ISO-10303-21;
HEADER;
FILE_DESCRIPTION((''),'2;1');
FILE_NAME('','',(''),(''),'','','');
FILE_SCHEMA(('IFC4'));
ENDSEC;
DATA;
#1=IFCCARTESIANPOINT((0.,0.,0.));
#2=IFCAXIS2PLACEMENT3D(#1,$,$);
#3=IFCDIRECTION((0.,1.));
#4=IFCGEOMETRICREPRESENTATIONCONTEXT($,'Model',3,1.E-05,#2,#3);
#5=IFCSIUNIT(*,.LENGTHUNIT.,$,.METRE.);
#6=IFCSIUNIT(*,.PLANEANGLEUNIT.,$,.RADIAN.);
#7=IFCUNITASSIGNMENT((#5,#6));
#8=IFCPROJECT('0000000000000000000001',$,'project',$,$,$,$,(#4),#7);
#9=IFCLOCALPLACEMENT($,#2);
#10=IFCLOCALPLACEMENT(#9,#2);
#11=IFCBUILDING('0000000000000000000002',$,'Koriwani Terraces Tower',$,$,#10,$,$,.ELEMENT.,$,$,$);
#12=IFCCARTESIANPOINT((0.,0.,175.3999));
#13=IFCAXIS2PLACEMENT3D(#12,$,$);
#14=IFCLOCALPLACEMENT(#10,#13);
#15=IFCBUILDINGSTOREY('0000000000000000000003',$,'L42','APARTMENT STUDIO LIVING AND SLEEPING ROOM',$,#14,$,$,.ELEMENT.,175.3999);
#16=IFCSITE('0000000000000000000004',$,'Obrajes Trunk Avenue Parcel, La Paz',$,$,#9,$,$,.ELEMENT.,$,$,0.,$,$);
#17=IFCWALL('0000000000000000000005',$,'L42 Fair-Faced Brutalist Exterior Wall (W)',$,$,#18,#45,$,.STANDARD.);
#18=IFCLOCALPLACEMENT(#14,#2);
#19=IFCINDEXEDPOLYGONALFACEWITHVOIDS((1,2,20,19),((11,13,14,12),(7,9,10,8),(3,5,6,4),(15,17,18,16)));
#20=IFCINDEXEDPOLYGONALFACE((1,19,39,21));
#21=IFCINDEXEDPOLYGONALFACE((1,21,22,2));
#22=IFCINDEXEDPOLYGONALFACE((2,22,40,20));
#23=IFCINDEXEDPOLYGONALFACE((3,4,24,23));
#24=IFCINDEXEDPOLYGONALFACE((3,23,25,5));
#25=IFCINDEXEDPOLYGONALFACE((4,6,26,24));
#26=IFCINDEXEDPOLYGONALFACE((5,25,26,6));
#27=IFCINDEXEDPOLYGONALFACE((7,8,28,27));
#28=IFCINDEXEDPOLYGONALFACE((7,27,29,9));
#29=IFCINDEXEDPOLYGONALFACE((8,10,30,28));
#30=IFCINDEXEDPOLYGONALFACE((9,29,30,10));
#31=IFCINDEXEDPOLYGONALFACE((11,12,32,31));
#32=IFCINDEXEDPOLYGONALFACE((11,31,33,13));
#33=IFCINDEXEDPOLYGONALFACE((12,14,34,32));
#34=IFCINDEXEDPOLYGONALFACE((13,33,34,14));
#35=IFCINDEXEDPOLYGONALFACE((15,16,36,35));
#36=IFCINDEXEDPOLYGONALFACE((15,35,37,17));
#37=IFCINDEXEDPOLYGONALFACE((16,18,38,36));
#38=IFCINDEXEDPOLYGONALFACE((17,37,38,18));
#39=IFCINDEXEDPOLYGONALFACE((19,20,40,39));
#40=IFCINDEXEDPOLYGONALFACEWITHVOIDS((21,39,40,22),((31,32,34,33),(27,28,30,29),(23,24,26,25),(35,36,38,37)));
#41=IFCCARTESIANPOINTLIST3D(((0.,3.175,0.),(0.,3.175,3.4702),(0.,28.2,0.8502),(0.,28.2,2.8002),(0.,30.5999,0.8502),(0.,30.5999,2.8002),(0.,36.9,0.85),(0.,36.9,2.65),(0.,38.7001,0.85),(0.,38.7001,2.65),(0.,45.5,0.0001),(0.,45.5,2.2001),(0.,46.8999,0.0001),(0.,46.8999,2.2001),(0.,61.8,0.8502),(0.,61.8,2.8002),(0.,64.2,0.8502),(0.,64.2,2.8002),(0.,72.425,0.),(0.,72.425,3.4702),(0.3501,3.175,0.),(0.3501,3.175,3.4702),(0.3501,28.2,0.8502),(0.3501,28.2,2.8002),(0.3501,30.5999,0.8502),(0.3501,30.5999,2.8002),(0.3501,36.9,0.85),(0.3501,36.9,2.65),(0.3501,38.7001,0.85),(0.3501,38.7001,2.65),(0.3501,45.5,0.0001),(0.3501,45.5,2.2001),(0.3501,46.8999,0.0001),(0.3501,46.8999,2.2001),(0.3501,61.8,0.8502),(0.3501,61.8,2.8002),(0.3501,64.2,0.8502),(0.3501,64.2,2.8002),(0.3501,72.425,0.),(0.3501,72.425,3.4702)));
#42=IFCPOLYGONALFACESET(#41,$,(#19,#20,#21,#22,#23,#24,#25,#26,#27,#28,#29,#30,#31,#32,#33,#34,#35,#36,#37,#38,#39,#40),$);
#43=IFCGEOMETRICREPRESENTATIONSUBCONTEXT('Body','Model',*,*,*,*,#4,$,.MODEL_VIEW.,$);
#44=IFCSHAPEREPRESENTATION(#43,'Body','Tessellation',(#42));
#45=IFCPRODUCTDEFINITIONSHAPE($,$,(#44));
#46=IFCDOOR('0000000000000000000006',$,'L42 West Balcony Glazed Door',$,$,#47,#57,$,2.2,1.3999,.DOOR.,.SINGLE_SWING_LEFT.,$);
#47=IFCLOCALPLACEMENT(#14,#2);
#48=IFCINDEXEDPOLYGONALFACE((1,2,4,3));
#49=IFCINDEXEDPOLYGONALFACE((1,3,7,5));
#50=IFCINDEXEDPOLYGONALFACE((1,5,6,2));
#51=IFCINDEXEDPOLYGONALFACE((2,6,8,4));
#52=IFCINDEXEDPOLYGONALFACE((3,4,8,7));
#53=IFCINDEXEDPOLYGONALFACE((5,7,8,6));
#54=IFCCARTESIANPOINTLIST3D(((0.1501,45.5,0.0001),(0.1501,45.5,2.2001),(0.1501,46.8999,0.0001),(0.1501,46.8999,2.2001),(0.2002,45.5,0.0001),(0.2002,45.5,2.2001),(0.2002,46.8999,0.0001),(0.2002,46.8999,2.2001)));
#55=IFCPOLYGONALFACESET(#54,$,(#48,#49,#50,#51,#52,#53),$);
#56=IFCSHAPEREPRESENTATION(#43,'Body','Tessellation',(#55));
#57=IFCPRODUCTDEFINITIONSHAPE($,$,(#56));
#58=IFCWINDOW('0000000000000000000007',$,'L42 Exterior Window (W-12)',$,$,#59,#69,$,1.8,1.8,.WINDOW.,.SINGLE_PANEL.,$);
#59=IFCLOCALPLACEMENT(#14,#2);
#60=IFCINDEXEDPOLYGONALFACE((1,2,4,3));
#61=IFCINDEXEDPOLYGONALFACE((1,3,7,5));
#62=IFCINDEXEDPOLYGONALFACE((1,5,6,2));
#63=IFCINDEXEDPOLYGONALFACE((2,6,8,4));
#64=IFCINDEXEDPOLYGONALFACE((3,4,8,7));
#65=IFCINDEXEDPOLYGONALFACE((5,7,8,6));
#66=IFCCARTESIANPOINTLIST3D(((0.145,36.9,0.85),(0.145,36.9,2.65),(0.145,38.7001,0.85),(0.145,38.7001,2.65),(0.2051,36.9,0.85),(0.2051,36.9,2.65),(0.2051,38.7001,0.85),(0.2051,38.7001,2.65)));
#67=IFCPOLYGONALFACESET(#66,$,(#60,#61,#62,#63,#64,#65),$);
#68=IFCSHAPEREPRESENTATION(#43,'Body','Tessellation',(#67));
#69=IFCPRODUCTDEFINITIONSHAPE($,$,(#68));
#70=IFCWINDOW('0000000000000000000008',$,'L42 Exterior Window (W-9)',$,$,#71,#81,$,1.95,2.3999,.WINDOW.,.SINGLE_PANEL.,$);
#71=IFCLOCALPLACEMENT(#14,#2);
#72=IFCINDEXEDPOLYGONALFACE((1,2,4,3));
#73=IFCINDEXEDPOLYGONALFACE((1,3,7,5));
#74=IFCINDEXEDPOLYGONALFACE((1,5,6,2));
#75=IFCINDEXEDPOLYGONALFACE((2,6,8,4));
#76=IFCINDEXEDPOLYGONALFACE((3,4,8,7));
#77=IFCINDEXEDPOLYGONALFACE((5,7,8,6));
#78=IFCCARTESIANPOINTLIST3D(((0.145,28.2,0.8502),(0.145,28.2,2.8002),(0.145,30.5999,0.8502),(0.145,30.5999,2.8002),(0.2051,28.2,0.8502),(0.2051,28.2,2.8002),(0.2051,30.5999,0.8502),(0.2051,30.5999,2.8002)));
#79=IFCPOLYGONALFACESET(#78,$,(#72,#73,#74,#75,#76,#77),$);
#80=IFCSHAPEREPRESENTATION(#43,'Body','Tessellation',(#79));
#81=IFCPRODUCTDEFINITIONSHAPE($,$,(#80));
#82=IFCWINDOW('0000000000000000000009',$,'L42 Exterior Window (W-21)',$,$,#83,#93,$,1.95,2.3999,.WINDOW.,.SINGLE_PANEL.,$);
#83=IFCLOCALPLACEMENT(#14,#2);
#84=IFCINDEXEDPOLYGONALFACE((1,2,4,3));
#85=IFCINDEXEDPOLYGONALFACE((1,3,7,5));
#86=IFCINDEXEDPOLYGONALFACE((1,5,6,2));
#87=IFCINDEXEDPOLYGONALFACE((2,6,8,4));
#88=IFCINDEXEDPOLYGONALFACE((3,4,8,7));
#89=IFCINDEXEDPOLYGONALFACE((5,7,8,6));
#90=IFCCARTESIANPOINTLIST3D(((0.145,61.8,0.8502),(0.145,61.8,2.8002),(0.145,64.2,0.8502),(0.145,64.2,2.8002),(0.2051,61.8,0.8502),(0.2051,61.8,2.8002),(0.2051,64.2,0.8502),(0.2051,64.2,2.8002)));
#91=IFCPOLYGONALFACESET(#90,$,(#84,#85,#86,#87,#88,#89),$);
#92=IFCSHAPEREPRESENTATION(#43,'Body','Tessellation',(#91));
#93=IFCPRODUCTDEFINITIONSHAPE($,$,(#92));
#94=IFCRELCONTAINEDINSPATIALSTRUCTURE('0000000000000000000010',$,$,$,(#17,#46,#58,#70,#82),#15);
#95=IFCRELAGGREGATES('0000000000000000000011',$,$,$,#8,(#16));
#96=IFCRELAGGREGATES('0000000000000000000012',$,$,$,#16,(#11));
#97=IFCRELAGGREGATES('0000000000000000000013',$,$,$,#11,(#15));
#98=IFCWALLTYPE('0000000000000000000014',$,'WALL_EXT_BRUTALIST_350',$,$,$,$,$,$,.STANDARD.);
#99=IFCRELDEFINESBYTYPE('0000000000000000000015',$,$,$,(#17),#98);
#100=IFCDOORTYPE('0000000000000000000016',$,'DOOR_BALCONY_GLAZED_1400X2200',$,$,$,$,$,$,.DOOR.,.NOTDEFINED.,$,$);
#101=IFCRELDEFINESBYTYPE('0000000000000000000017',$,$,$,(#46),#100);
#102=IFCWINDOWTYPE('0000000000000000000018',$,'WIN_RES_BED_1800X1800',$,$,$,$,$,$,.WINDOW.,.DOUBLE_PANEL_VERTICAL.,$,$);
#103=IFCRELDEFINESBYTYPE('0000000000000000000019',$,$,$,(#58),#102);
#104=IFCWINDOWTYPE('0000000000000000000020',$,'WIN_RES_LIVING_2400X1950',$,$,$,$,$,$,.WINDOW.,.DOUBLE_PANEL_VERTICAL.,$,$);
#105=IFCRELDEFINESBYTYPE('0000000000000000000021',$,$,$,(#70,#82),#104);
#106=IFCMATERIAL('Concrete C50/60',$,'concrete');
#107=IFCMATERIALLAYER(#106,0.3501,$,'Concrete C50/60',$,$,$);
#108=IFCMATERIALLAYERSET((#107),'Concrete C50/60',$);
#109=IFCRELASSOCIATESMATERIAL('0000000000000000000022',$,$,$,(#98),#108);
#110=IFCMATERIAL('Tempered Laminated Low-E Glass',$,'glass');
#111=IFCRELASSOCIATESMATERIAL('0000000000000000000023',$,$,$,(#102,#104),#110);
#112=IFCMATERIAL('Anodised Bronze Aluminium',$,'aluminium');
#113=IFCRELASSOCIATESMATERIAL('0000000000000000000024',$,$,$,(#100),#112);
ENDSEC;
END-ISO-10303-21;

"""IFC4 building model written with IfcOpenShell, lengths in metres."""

from ifc_helpers import new_model, si_unit, direction, frame, frame_2d, origin, place, context, subcontext, project, spatial, rectangle, extrude, material, layer, layer_set, type_object, element, fill, save


model = new_model("IFC4")

# Units and contexts
model_context = context("Model", 3, precision=1e-05, world=origin(), true_north=direction((0.0, 1.0)))
body_context = subcontext(model_context, "Body", "Model", "MODEL_VIEW")
ifc_project = project(units=[si_unit("LENGTHUNIT", "METRE"), si_unit("PLANEANGLEUNIT", "RADIAN")], contexts=[model_context])

# Site, building, storey
site_placement = place(None, origin())
site = spatial("IfcSite", under=ifc_project, at=site_placement, Name="Obrajes Trunk Avenue Parcel, La Paz", CompositionType="ELEMENT", RefElevation=0.0)
building_placement = place(site_placement, origin())
building = spatial("IfcBuilding", under=site, at=building_placement, Name="Koriwani Terraces Tower", CompositionType="ELEMENT")
storey_placement = place(building_placement, frame((0.0, 0.0, 175.3999)))
storey = spatial("IfcBuildingStorey", under=building, at=storey_placement, Name="L42", Description="APARTMENT STUDIO LIVING AND SLEEPING ROOM", CompositionType="ELEMENT", Elevation=175.3999)

# Shared definitions
ifc_material_1 = material(Name="Concrete C50/60", Category="concrete")

# Shared definitions
ifc_layer_1 = layer(ifc_material_1, 0.3501, Name="Concrete C50/60")
ifc_layer_set_1 = layer_set([ifc_layer_1], Name="Concrete C50/60")
wall_type_1 = type_object("IfcWallType", Name="WALL_EXT_BRUTALIST_350", PredefinedType="STANDARD", material=ifc_layer_set_1)
ifc_material_2 = material(Name="Tempered Laminated Low-E Glass", Category="glass")
window_type_1 = type_object("IfcWindowType", Name="WIN_RES_BED_1800X1800", PartitioningType="DOUBLE_PANEL_VERTICAL", PredefinedType="WINDOW", material=ifc_material_2)

# Wall, openings, door, windows
wall_1_placement = place(storey_placement, frame((0.175, 3.175, 0.0), z_axis=(0.0, 0.0, 1.0), x_axis=(0.0, 1.0, 0.0)))
wall_1 = element("IfcWall", 1, at=wall_1_placement, inside=storey, type_object=wall_type_1, Name="L42 Fair-Faced Brutalist Exterior Wall (W)", PredefinedType="STANDARD", context=body_context, shape_type="SweptSolid", body=[
    extrude(rectangle(XDim=69.25, YDim=0.3501, at=frame_2d((34.625, 0.0))), origin(), (0.0, 0.0, 1.0), 3.4702),
])
opening_1_placement = place(wall_1_placement, frame((42.325, 0.0, 0.0)))
opening_1 = element("IfcOpeningElement", 2, at=opening_1_placement, cuts=wall_1, PredefinedType="OPENING", context=body_context, shape_type="SweptSolid", body=[
    extrude(rectangle(XDim=1.3999, YDim=2.2, at=frame_2d((0.7, 1.1001))), frame((0.0, 0.1851, 0.0), z_axis=(0.0, -1.0, 0.0), x_axis=(1.0, 0.0, 0.0)), (0.0, 0.0, 1.0), 0.3701),
])
opening_2_placement = place(wall_1_placement, frame((25.0249, 0.0, 0.8501)))
opening_2 = element("IfcOpeningElement", 3, at=opening_2_placement, cuts=wall_1, PredefinedType="OPENING", context=body_context, shape_type="SweptSolid", body=[
    extrude(rectangle(XDim=2.3999, YDim=1.95, at=frame_2d((1.2, 0.9751))), frame((0.0, 0.1851, 0.0), z_axis=(0.0, -1.0, 0.0), x_axis=(1.0, 0.0, 0.0)), (0.0, 0.0, 1.0), 0.3701),
])
opening_3_placement = place(wall_1_placement, frame((33.7251, 0.0, 0.8501)))
opening_3 = element("IfcOpeningElement", 4, at=opening_3_placement, cuts=wall_1, PredefinedType="OPENING", context=body_context, shape_type="SweptSolid", body=[
    extrude(rectangle(XDim=1.8, YDim=1.8, at=frame_2d((0.8999, 0.8999))), frame((0.0, 0.1851, 0.0), z_axis=(0.0, -1.0, 0.0), x_axis=(1.0, 0.0, 0.0)), (0.0, 0.0, 1.0), 0.3701),
])
opening_4_placement = place(wall_1_placement, frame((58.625, 0.0, 0.8501)))
opening_4 = element("IfcOpeningElement", 5, at=opening_4_placement, cuts=wall_1, PredefinedType="OPENING", context=body_context, shape_type="SweptSolid", body=[
    extrude(rectangle(XDim=2.3999, YDim=1.95, at=frame_2d((1.2, 0.9751))), frame((0.0, 0.1851, 0.0), z_axis=(0.0, -1.0, 0.0), x_axis=(1.0, 0.0, 0.0)), (0.0, 0.0, 1.0), 0.3701),
])
ifc_material_3 = material(Name="Anodised Bronze Aluminium", Category="aluminium")
door_type = type_object("IfcDoorType", Name="DOOR_BALCONY_GLAZED_1400X2200", OperationType="NOTDEFINED", PredefinedType="DOOR", material=ifc_material_3)
door_placement = place(opening_1_placement, origin())
door = element("IfcDoor", 6, at=door_placement, inside=storey, type_object=door_type, Name="L42 West Balcony Glazed Door", OperationType="SINGLE_SWING_LEFT", OverallHeight=2.2, OverallWidth=1.3999, PredefinedType="DOOR", context=body_context, shape_type="SweptSolid", body=[
    extrude(rectangle(XDim=1.3999, YDim=2.2, at=frame_2d((0.7, 1.1001))), frame((0.0, 0.0249, 0.0), z_axis=(0.0, -1.0, 0.0), x_axis=(1.0, 0.0, 0.0)), (0.0, 0.0, 1.0), 0.05),
])
fill(opening_1, door)
window_1_placement = place(opening_3_placement, origin())
window_1 = element("IfcWindow", 7, at=window_1_placement, inside=storey, type_object=window_type_1, Name="L42 Exterior Window (W-12)", OverallHeight=1.8, OverallWidth=1.8, PartitioningType="SINGLE_PANEL", PredefinedType="WINDOW", context=body_context, shape_type="SweptSolid", body=[
    extrude(rectangle(XDim=1.8, YDim=1.8, at=frame_2d((0.8999, 0.8999))), frame((0.0, 0.03, 0.0), z_axis=(0.0, -1.0, 0.0), x_axis=(1.0, 0.0, 0.0)), (0.0, 0.0, 1.0), 0.0601),
])
fill(opening_3, window_1)
window_type_2 = type_object("IfcWindowType", Name="WIN_RES_LIVING_2400X1950", PartitioningType="DOUBLE_PANEL_VERTICAL", PredefinedType="WINDOW", material=ifc_material_2)
window_2_placement = place(opening_2_placement, origin())
window_2 = element("IfcWindow", 8, at=window_2_placement, inside=storey, type_object=window_type_2, Name="L42 Exterior Window (W-9)", OverallHeight=1.95, OverallWidth=2.3999, PartitioningType="SINGLE_PANEL", PredefinedType="WINDOW", context=body_context, shape_type="SweptSolid", body=[
    extrude(rectangle(XDim=2.3999, YDim=1.95, at=frame_2d((1.2, 0.9751))), frame((0.0, 0.03, 0.0), z_axis=(0.0, -1.0, 0.0), x_axis=(1.0, 0.0, 0.0)), (0.0, 0.0, 1.0), 0.0601),
])
fill(opening_2, window_2)
window_3_placement = place(opening_4_placement, origin())
window_3 = element("IfcWindow", 9, at=window_3_placement, inside=storey, type_object=window_type_2, Name="L42 Exterior Window (W-21)", OverallHeight=1.95, OverallWidth=2.3999, PartitioningType="SINGLE_PANEL", PredefinedType="WINDOW", context=body_context, shape_type="SweptSolid", body=[
    extrude(rectangle(XDim=2.3999, YDim=1.95, at=frame_2d((1.2, 0.9751))), frame((0.0, 0.03, 0.0), z_axis=(0.0, -1.0, 0.0), x_axis=(1.0, 0.0, 0.0)), (0.0, 0.0, 1.0), 0.0601),
])
fill(opening_4, window_3)

save(model, "model.ifc")
